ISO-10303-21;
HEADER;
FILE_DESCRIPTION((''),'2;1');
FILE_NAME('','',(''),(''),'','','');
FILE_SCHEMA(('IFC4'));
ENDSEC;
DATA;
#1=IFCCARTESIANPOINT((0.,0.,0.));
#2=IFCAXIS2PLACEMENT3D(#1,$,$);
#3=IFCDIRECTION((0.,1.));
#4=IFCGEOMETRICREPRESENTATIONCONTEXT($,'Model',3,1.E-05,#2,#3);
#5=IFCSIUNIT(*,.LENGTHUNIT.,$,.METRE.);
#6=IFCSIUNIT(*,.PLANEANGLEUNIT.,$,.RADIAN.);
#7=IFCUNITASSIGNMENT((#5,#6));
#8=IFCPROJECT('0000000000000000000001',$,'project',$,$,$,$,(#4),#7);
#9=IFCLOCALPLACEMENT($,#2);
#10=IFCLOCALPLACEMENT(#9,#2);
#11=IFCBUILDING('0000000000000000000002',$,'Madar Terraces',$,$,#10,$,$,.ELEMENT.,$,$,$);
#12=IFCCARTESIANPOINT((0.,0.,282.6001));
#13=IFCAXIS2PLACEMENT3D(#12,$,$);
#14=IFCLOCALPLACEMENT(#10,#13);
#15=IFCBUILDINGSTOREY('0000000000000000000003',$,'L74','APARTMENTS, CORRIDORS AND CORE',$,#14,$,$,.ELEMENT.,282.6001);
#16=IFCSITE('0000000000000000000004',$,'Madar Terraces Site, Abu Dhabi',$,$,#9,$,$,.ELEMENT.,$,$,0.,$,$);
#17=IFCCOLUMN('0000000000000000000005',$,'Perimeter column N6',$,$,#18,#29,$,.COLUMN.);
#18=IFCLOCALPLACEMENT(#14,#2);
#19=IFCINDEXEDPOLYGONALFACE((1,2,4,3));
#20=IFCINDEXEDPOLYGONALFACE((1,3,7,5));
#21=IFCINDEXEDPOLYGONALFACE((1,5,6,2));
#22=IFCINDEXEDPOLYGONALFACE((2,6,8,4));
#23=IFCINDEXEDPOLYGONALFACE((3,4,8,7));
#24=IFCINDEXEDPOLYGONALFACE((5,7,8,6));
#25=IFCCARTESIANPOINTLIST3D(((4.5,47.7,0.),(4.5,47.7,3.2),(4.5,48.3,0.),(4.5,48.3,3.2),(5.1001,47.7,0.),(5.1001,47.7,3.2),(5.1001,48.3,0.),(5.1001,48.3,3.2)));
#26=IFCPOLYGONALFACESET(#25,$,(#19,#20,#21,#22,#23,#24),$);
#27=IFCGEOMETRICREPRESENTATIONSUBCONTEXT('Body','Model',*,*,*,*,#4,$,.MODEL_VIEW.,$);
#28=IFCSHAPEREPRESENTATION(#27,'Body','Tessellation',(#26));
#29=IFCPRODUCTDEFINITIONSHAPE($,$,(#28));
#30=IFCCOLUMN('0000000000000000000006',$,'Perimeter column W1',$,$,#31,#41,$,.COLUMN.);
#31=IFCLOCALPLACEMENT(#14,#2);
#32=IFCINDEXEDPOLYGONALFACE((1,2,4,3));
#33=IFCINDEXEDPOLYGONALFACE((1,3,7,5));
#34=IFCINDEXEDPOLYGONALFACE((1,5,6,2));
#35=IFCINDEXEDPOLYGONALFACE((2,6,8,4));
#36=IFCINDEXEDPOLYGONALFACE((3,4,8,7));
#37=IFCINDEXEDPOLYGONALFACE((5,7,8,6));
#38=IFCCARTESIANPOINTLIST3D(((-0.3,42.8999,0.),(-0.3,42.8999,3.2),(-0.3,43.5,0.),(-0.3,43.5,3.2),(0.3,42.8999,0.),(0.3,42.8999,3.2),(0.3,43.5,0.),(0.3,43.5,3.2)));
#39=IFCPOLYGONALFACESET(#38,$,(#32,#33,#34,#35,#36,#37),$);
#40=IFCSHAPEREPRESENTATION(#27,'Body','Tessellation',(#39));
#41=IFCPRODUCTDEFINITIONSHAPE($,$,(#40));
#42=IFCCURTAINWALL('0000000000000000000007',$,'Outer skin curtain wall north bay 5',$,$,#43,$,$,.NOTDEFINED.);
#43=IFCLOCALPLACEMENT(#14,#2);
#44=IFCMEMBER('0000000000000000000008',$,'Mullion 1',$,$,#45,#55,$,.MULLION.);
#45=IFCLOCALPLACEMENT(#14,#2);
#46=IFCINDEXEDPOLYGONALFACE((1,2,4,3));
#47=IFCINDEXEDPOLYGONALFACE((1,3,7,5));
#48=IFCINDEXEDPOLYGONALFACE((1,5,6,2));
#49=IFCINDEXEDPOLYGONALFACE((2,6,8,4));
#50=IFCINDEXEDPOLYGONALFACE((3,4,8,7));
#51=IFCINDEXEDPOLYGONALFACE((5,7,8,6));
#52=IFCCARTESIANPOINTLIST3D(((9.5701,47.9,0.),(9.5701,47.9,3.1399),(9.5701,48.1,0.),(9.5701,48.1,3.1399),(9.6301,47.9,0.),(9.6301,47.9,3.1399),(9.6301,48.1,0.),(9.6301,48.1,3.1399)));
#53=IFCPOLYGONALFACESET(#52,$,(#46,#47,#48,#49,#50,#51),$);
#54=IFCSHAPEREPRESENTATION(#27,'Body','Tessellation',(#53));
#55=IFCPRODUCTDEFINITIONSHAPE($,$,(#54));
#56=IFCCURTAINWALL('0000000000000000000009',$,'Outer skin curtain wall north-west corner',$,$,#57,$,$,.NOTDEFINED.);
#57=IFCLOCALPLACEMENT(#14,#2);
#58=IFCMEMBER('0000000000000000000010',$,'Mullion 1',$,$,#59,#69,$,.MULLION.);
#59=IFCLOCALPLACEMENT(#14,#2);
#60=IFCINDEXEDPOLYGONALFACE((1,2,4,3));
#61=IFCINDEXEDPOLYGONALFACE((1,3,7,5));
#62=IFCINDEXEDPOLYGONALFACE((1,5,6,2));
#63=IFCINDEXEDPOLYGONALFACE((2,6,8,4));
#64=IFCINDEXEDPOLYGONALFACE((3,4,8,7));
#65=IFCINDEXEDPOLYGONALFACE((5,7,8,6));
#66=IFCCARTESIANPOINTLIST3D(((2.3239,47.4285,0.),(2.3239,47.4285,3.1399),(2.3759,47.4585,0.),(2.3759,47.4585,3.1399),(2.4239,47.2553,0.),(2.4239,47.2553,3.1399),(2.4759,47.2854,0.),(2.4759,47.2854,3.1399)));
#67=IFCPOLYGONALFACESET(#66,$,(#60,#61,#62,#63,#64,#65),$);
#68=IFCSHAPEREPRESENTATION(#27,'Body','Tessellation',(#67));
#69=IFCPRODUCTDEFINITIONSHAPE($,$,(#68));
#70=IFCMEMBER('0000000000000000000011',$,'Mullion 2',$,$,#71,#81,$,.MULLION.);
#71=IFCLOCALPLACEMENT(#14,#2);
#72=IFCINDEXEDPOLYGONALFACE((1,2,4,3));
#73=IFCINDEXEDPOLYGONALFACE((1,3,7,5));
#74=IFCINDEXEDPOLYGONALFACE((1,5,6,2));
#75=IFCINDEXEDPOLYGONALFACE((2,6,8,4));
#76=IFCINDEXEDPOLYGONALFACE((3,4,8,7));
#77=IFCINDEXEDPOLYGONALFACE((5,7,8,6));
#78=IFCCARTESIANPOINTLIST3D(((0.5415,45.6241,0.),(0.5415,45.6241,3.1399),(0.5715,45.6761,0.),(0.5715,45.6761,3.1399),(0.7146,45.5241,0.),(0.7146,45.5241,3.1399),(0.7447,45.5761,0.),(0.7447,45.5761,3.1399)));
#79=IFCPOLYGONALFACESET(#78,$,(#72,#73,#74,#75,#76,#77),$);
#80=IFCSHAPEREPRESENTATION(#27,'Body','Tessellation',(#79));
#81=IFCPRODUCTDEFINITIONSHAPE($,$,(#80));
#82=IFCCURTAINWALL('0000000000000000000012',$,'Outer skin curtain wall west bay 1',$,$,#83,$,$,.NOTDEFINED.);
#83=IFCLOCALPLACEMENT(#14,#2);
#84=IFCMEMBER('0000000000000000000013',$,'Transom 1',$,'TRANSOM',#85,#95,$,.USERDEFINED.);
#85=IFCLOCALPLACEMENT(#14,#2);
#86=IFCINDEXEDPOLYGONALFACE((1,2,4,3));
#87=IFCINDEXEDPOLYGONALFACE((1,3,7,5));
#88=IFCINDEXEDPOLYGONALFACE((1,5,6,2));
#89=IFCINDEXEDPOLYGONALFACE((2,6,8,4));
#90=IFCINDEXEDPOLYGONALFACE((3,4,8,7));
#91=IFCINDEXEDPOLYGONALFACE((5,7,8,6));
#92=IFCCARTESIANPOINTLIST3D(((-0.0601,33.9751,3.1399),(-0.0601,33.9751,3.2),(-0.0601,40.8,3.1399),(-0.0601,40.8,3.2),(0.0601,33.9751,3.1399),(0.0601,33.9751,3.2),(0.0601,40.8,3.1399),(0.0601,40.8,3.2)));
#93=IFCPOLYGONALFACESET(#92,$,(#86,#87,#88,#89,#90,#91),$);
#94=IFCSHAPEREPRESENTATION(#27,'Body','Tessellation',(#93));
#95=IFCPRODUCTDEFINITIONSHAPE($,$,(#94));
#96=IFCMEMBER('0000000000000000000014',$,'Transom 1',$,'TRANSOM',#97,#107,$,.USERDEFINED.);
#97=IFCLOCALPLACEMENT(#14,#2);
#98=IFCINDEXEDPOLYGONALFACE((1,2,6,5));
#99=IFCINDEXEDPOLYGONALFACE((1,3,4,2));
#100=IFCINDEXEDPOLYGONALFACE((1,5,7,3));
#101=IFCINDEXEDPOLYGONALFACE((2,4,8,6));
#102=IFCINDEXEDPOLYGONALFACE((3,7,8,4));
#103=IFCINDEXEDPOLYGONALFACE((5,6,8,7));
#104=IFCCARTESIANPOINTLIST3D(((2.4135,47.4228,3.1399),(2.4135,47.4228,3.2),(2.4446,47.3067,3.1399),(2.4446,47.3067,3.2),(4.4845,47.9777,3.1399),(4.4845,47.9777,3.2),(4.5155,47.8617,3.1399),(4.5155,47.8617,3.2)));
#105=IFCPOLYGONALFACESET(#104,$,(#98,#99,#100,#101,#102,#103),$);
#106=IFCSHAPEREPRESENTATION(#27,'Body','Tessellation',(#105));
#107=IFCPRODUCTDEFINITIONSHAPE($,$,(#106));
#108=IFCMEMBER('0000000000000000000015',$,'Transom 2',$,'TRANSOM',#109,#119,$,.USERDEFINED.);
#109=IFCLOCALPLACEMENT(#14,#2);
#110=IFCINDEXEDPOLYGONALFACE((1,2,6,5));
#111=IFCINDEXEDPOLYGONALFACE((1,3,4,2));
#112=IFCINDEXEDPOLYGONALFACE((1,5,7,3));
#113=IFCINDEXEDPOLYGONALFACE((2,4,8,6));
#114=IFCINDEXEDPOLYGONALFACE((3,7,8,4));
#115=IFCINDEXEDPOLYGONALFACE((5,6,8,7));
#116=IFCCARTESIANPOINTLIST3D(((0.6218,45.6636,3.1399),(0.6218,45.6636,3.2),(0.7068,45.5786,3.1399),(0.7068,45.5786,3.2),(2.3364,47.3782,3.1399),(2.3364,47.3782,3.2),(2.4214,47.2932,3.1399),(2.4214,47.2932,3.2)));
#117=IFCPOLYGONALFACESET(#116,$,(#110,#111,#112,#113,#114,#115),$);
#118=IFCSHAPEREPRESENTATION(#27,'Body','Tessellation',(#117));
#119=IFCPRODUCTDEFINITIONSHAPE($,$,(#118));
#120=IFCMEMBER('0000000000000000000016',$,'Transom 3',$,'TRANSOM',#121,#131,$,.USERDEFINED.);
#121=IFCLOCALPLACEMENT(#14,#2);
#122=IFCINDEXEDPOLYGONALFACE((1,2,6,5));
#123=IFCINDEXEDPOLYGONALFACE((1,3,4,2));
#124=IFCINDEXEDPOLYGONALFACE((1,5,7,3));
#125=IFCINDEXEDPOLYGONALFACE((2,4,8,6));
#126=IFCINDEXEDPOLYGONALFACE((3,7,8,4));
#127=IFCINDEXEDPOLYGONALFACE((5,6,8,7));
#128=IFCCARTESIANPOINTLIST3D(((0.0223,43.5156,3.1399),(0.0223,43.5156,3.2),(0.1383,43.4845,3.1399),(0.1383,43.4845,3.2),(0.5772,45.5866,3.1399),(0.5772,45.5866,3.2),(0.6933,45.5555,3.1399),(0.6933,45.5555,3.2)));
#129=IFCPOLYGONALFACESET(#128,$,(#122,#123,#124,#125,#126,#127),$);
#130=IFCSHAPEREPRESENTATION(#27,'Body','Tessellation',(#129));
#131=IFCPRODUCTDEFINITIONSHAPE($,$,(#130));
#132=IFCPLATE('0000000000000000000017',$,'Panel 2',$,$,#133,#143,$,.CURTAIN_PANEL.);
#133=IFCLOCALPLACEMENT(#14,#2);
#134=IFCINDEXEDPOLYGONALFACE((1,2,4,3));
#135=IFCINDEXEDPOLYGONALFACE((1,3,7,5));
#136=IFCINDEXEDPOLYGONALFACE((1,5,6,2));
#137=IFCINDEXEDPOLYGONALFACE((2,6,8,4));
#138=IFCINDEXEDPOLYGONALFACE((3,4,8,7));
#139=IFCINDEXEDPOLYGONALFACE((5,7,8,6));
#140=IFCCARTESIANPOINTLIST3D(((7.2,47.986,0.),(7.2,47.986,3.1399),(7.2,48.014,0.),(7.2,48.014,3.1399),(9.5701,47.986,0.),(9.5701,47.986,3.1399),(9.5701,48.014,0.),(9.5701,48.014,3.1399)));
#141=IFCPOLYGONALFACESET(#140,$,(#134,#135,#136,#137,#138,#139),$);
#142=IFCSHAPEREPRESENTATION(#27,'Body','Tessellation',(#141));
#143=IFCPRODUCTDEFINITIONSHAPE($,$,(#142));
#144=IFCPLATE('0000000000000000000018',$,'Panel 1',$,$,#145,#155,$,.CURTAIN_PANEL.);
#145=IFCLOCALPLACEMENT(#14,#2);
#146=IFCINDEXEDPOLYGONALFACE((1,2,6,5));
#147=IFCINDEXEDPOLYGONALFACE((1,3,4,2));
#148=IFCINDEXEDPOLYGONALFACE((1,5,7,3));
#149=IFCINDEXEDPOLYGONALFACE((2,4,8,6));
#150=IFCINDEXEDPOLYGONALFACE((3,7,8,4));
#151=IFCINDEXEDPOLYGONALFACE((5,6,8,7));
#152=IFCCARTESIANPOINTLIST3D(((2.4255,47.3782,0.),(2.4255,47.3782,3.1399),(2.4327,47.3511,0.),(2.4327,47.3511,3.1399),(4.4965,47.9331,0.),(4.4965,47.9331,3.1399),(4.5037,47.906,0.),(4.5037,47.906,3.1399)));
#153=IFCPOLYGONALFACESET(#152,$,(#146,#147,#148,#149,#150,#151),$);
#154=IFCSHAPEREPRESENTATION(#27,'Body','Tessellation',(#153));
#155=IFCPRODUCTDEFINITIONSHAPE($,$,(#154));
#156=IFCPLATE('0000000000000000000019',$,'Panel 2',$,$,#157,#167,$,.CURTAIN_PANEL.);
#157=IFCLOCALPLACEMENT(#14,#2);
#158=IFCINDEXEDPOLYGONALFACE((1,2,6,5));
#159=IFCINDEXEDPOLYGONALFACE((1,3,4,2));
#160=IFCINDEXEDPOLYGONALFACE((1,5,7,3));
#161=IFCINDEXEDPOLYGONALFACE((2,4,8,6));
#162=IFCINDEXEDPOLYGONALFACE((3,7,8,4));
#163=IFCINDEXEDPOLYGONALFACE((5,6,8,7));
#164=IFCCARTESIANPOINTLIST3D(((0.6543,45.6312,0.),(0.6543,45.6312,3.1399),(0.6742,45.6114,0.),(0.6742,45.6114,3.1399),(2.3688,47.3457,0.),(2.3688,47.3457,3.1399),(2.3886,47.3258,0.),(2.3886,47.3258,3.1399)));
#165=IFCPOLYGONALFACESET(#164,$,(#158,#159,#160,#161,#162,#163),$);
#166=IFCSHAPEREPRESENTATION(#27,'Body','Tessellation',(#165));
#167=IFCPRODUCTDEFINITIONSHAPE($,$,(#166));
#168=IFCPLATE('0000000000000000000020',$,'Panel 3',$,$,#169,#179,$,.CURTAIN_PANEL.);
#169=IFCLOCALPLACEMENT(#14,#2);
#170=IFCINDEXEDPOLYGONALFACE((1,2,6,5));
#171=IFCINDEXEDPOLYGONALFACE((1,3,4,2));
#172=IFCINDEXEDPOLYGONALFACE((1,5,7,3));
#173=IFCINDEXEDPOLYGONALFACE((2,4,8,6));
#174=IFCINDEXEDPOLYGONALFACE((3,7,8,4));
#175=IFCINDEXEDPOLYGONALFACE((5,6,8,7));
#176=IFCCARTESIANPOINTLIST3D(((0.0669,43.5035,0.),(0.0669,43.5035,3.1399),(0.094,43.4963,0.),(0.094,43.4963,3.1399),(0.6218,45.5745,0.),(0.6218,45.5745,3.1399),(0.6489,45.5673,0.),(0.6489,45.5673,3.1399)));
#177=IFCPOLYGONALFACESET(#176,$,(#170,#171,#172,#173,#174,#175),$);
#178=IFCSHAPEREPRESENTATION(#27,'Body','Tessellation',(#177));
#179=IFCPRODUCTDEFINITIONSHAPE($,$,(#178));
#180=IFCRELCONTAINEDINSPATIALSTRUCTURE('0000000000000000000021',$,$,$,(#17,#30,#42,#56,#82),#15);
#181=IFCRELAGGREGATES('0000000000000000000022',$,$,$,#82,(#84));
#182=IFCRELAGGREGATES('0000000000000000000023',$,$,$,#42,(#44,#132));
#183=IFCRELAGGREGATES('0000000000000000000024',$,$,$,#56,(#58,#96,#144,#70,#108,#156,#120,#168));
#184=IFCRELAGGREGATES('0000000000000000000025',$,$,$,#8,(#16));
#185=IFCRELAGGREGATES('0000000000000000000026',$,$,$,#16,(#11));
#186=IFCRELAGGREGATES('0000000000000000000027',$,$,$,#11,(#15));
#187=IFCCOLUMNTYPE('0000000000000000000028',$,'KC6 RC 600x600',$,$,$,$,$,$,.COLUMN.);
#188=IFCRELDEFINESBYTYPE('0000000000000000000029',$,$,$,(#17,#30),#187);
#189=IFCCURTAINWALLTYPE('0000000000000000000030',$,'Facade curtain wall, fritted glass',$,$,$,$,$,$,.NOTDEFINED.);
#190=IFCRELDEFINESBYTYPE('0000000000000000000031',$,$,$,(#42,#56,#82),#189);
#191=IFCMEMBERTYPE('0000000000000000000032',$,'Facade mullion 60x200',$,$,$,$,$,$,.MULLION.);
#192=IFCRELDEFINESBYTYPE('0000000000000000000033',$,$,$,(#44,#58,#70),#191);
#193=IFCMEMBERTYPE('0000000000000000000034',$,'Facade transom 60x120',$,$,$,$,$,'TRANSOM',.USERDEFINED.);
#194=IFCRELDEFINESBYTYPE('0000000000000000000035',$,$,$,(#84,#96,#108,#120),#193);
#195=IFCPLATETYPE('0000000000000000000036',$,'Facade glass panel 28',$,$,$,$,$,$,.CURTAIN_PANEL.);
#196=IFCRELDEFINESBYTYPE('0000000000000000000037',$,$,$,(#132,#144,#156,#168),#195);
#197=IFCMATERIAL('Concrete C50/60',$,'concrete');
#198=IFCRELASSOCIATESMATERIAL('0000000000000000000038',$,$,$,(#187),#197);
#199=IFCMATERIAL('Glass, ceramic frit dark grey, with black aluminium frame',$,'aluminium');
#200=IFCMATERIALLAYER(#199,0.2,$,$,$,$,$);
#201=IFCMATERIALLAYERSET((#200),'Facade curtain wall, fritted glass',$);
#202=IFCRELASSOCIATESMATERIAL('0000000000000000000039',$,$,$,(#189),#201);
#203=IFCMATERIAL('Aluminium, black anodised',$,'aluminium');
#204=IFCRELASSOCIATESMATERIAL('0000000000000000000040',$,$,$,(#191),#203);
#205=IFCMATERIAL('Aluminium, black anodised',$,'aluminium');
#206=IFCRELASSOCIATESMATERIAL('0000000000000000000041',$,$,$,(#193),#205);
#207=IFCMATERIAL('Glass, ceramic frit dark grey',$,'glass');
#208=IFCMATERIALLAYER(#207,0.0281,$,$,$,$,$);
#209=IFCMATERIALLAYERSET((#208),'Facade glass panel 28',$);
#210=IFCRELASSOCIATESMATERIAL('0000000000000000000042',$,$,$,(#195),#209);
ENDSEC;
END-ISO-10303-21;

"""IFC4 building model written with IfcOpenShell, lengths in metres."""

from ifc_helpers import new_model, si_unit, direction, frame, origin, origin_2d, place, context, subcontext, project, spatial, rectangle, extrude, material, layer, layer_set, material_profile, profile_set, type_object, element, aggregate, save


model = new_model("IFC4")

# Units and contexts
model_context = context("Model", 3, precision=1e-05, world=origin(), true_north=direction((0.0, 1.0)))
body_context = subcontext(model_context, "Body", "Model", "MODEL_VIEW")
ifc_project = project(units=[si_unit("LENGTHUNIT", "METRE"), si_unit("PLANEANGLEUNIT", "RADIAN")], contexts=[model_context])

# Site, building, storey
site_placement = place(None, origin())
site = spatial("IfcSite", under=ifc_project, at=site_placement, Name="Madar Terraces Site, Abu Dhabi", CompositionType="ELEMENT", RefElevation=0.0)
building_placement = place(site_placement, origin())
building = spatial("IfcBuilding", under=site, at=building_placement, Name="Madar Terraces", CompositionType="ELEMENT")
storey_placement = place(building_placement, frame((0.0, 0.0, 282.6001)))
storey = spatial("IfcBuildingStorey", under=building, at=storey_placement, Name="L74", Description="APARTMENTS, CORRIDORS AND CORE", CompositionType="ELEMENT", Elevation=282.6001)

# Columns
ifc_material_1 = material(Name="Concrete C50/60", Category="concrete")
ifc_material_profile_1 = material_profile(ifc_material_1, rectangle(XDim=0.6001, YDim=0.6001, at=origin_2d()), Name="KC6 RC 600x600")
ifc_profile_set_1 = profile_set([ifc_material_profile_1], Name="Concrete C50/60")
column_type = type_object("IfcColumnType", Name="KC6 RC 600x600", PredefinedType="COLUMN", material=ifc_profile_set_1)
for number, where, z_axis, x_axis, name in (
    (1, (4.8, 48.0, 0.0), (0.0, 0.0, 1.0), (1.0, 0.0, 0.0), "Perimeter column N6"),
    (2, (0.0, 43.2, 0.0), (0.0, 0.0, 1.0), (1.0, 0.0, 0.0), "Perimeter column W1"),
):
    element("IfcColumn", number, at=place(storey_placement, frame(where, z_axis=z_axis, x_axis=x_axis)), inside=storey, type_object=column_type, Name=name, PredefinedType="COLUMN", context=body_context, shape_type="SweptSolid", body=[
        extrude(rectangle(XDim=0.6001, YDim=0.6001, at=origin_2d()), origin(), (0.0, 0.0, 1.0), 3.2),
    ])

# Curtain wall, member
ifc_material_2 = material(Name="Glass, ceramic frit dark grey, with black aluminium frame", Category="aluminium")
ifc_layer_1 = layer(ifc_material_2, 0.2)
ifc_layer_set_1 = layer_set([ifc_layer_1], Name="Facade curtain wall, fritted glass")
curtain_wall_type = type_object("IfcCurtainWallType", Name="Facade curtain wall, fritted glass", PredefinedType="NOTDEFINED", material=ifc_layer_set_1)
curtain_wall_1_placement = place(storey_placement, origin())
curtain_wall_1 = element("IfcCurtainWall", 3, at=curtain_wall_1_placement, inside=storey, type_object=curtain_wall_type, Name="Outer skin curtain wall north bay 5", PredefinedType="NOTDEFINED")
ifc_material_3 = material(Name="Aluminium, black anodised", Category="aluminium")
ifc_material_profile_2 = material_profile(ifc_material_3, rectangle(XDim=0.2, YDim=0.0601, at=origin_2d()), Name="Facade mullion 60x200")
ifc_profile_set_2 = profile_set([ifc_material_profile_2], Name="Aluminium, black anodised")
member_type_1 = type_object("IfcMemberType", Name="Facade mullion 60x200", PredefinedType="MULLION", material=ifc_profile_set_2)
member_1_placement = place(storey_placement, frame((9.6001, 48.0, 0.0), z_axis=(0.0, 0.0, 1.0), x_axis=(0.0, -1.0, 0.0)))
member_1 = element("IfcMember", 4, at=member_1_placement, type_object=member_type_1, Name="Mullion 1", PredefinedType="MULLION", context=body_context, shape_type="SweptSolid", body=[
    extrude(rectangle(XDim=0.2, YDim=0.0601, at=origin_2d()), origin(), (0.0, 0.0, 1.0), 3.1399),
])

# Curtain wall, members
curtain_wall_2_placement = place(storey_placement, origin())
curtain_wall_2 = element("IfcCurtainWall", 5, at=curtain_wall_2_placement, inside=storey, type_object=curtain_wall_type, Name="Outer skin curtain wall north-west corner", PredefinedType="NOTDEFINED")
member_2_placement = place(storey_placement, frame((2.3999, 47.3569, 0.0), z_axis=(0.0, 0.0, 1.0), x_axis=(0.5, -0.866025, 0.0)))
member_2 = element("IfcMember", 6, at=member_2_placement, type_object=member_type_1, Name="Mullion 1", PredefinedType="MULLION", context=body_context, shape_type="SweptSolid", body=[
    extrude(rectangle(XDim=0.2, YDim=0.0601, at=origin_2d()), origin(), (0.0, 0.0, 1.0), 3.1399),
])
member_3_placement = place(storey_placement, frame((0.6431, 45.6001, 0.0), z_axis=(0.0, 0.0, 1.0), x_axis=(0.866025, -0.5, 0.0)))
member_3 = element("IfcMember", 7, at=member_3_placement, type_object=member_type_1, Name="Mullion 2", PredefinedType="MULLION", context=body_context, shape_type="SweptSolid", body=[
    extrude(rectangle(XDim=0.2, YDim=0.0601, at=origin_2d()), origin(), (0.0, 0.0, 1.0), 3.1399),
])

# Curtain wall, member
curtain_wall_3_placement = place(storey_placement, origin())
curtain_wall_3 = element("IfcCurtainWall", 8, at=curtain_wall_3_placement, inside=storey, type_object=curtain_wall_type, Name="Outer skin curtain wall west bay 1", PredefinedType="NOTDEFINED")
ifc_material_4 = material(Name="Aluminium, black anodised", Category="aluminium")
ifc_material_profile_3 = material_profile(ifc_material_4, rectangle(XDim=0.1201, YDim=0.0601, at=origin_2d()), Name="Facade transom 60x120")
ifc_profile_set_3 = profile_set([ifc_material_profile_3], Name="Aluminium, black anodised")
member_type_2 = type_object("IfcMemberType", Name="Facade transom 60x120", ElementType="TRANSOM", PredefinedType="USERDEFINED", material=ifc_profile_set_3)
member_4_placement = place(storey_placement, frame((0.0, 40.8, 3.1699), z_axis=(0.0, -1.0, 0.0), x_axis=(1.0, 0.0, 0.0)))
member_4 = element("IfcMember", 9, at=member_4_placement, type_object=member_type_2, Name="Transom 1", ObjectType="TRANSOM", PredefinedType="USERDEFINED", context=body_context, shape_type="SweptSolid", body=[
    extrude(rectangle(XDim=0.1201, YDim=0.0601, at=origin_2d()), origin(), (0.0, 0.0, 1.0), 6.825),
])
aggregate(curtain_wall_3, [member_4])

# Members
member_5_placement = place(storey_placement, frame((4.5, 47.9197, 3.1699), z_axis=(-0.965926, -0.258818, 0.0), x_axis=(0.258818, -0.965926, 0.0)))
member_5 = element("IfcMember", 10, at=member_5_placement, type_object=member_type_2, Name="Transom 1", ObjectType="TRANSOM", PredefinedType="USERDEFINED", context=body_context, shape_type="SweptSolid", body=[
    extrude(rectangle(XDim=0.1201, YDim=0.0601, at=origin_2d()), origin(), (0.0, 0.0, 1.0), 2.144),
])
member_6_placement = place(storey_placement, frame((2.3789, 47.3357, 3.1699), z_axis=(-0.707107, -0.707107, 0.0), x_axis=(0.707107, -0.707107, 0.0)))
member_6 = element("IfcMember", 11, at=member_6_placement, type_object=member_type_2, Name="Transom 2", ObjectType="TRANSOM", PredefinedType="USERDEFINED", context=body_context, shape_type="SweptSolid", body=[
    extrude(rectangle(XDim=0.1201, YDim=0.0601, at=origin_2d()), origin(), (0.0, 0.0, 1.0), 2.4248),
])
member_7_placement = place(storey_placement, frame((0.6353, 45.571, 3.1699), z_axis=(-0.258818, -0.965926, 0.0), x_axis=(0.965926, -0.258818, 0.0)))
member_7 = element("IfcMember", 12, at=member_7_placement, type_object=member_type_2, Name="Transom 3", ObjectType="TRANSOM", PredefinedType="USERDEFINED", context=body_context, shape_type="SweptSolid", body=[
    extrude(rectangle(XDim=0.1201, YDim=0.0601, at=origin_2d()), origin(), (0.0, 0.0, 1.0), 2.144),
])

# Plates
ifc_material_5 = material(Name="Glass, ceramic frit dark grey", Category="glass")
ifc_layer_2 = layer(ifc_material_5, 0.0281)
ifc_layer_set_2 = layer_set([ifc_layer_2], Name="Facade glass panel 28")
plate_type = type_object("IfcPlateType", Name="Facade glass panel 28", PredefinedType="CURTAIN_PANEL", material=ifc_layer_set_2)
plate_1_placement = place(storey_placement, frame((8.385, 48.0, 0.0), z_axis=(0.0, 0.0, 1.0), x_axis=(-1.0, 0.0, 0.0)))
plate_1 = element("IfcPlate", 13, at=plate_1_placement, type_object=plate_type, Name="Panel 2", PredefinedType="CURTAIN_PANEL", context=body_context, shape_type="SweptSolid", body=[
    extrude(rectangle(XDim=2.3701, YDim=0.0281, at=origin_2d()), origin(), (0.0, 0.0, 1.0), 3.1399),
])
aggregate(curtain_wall_1, [member_1, plate_1])
plate_2_placement = place(storey_placement, frame((3.4646, 47.6421, 0.0), z_axis=(0.0, 0.0, 1.0), x_axis=(-0.965926, -0.258819, 0.0)))
plate_2 = element("IfcPlate", 14, at=plate_2_placement, type_object=plate_type, Name="Panel 1", PredefinedType="CURTAIN_PANEL", context=body_context, shape_type="SweptSolid", body=[
    extrude(rectangle(XDim=2.144, YDim=0.0281, at=origin_2d()), origin(), (0.0, 0.0, 1.0), 3.1399),
])
plate_3_placement = place(storey_placement, frame((1.5215, 46.4785, 0.0), z_axis=(0.0, 0.0, 1.0), x_axis=(-0.707107, -0.707107, 0.0)))
plate_3 = element("IfcPlate", 15, at=plate_3_placement, type_object=plate_type, Name="Panel 2", PredefinedType="CURTAIN_PANEL", context=body_context, shape_type="SweptSolid", body=[
    extrude(rectangle(XDim=2.4246, YDim=0.0281, at=origin_2d()), origin(), (0.0, 0.0, 1.0), 3.1399),
])
plate_4_placement = place(storey_placement, frame((0.3579, 44.5354, 0.0), z_axis=(0.0, 0.0, 1.0), x_axis=(-0.258819, -0.965926, 0.0)))
plate_4 = element("IfcPlate", 16, at=plate_4_placement, type_object=plate_type, Name="Panel 3", PredefinedType="CURTAIN_PANEL", context=body_context, shape_type="SweptSolid", body=[
    extrude(rectangle(XDim=2.144, YDim=0.0281, at=origin_2d()), origin(), (0.0, 0.0, 1.0), 3.1399),
])
aggregate(curtain_wall_2, [member_2, member_5, plate_2, member_3, member_6, plate_3, member_7, plate_4])

save(model, "model.ifc")
